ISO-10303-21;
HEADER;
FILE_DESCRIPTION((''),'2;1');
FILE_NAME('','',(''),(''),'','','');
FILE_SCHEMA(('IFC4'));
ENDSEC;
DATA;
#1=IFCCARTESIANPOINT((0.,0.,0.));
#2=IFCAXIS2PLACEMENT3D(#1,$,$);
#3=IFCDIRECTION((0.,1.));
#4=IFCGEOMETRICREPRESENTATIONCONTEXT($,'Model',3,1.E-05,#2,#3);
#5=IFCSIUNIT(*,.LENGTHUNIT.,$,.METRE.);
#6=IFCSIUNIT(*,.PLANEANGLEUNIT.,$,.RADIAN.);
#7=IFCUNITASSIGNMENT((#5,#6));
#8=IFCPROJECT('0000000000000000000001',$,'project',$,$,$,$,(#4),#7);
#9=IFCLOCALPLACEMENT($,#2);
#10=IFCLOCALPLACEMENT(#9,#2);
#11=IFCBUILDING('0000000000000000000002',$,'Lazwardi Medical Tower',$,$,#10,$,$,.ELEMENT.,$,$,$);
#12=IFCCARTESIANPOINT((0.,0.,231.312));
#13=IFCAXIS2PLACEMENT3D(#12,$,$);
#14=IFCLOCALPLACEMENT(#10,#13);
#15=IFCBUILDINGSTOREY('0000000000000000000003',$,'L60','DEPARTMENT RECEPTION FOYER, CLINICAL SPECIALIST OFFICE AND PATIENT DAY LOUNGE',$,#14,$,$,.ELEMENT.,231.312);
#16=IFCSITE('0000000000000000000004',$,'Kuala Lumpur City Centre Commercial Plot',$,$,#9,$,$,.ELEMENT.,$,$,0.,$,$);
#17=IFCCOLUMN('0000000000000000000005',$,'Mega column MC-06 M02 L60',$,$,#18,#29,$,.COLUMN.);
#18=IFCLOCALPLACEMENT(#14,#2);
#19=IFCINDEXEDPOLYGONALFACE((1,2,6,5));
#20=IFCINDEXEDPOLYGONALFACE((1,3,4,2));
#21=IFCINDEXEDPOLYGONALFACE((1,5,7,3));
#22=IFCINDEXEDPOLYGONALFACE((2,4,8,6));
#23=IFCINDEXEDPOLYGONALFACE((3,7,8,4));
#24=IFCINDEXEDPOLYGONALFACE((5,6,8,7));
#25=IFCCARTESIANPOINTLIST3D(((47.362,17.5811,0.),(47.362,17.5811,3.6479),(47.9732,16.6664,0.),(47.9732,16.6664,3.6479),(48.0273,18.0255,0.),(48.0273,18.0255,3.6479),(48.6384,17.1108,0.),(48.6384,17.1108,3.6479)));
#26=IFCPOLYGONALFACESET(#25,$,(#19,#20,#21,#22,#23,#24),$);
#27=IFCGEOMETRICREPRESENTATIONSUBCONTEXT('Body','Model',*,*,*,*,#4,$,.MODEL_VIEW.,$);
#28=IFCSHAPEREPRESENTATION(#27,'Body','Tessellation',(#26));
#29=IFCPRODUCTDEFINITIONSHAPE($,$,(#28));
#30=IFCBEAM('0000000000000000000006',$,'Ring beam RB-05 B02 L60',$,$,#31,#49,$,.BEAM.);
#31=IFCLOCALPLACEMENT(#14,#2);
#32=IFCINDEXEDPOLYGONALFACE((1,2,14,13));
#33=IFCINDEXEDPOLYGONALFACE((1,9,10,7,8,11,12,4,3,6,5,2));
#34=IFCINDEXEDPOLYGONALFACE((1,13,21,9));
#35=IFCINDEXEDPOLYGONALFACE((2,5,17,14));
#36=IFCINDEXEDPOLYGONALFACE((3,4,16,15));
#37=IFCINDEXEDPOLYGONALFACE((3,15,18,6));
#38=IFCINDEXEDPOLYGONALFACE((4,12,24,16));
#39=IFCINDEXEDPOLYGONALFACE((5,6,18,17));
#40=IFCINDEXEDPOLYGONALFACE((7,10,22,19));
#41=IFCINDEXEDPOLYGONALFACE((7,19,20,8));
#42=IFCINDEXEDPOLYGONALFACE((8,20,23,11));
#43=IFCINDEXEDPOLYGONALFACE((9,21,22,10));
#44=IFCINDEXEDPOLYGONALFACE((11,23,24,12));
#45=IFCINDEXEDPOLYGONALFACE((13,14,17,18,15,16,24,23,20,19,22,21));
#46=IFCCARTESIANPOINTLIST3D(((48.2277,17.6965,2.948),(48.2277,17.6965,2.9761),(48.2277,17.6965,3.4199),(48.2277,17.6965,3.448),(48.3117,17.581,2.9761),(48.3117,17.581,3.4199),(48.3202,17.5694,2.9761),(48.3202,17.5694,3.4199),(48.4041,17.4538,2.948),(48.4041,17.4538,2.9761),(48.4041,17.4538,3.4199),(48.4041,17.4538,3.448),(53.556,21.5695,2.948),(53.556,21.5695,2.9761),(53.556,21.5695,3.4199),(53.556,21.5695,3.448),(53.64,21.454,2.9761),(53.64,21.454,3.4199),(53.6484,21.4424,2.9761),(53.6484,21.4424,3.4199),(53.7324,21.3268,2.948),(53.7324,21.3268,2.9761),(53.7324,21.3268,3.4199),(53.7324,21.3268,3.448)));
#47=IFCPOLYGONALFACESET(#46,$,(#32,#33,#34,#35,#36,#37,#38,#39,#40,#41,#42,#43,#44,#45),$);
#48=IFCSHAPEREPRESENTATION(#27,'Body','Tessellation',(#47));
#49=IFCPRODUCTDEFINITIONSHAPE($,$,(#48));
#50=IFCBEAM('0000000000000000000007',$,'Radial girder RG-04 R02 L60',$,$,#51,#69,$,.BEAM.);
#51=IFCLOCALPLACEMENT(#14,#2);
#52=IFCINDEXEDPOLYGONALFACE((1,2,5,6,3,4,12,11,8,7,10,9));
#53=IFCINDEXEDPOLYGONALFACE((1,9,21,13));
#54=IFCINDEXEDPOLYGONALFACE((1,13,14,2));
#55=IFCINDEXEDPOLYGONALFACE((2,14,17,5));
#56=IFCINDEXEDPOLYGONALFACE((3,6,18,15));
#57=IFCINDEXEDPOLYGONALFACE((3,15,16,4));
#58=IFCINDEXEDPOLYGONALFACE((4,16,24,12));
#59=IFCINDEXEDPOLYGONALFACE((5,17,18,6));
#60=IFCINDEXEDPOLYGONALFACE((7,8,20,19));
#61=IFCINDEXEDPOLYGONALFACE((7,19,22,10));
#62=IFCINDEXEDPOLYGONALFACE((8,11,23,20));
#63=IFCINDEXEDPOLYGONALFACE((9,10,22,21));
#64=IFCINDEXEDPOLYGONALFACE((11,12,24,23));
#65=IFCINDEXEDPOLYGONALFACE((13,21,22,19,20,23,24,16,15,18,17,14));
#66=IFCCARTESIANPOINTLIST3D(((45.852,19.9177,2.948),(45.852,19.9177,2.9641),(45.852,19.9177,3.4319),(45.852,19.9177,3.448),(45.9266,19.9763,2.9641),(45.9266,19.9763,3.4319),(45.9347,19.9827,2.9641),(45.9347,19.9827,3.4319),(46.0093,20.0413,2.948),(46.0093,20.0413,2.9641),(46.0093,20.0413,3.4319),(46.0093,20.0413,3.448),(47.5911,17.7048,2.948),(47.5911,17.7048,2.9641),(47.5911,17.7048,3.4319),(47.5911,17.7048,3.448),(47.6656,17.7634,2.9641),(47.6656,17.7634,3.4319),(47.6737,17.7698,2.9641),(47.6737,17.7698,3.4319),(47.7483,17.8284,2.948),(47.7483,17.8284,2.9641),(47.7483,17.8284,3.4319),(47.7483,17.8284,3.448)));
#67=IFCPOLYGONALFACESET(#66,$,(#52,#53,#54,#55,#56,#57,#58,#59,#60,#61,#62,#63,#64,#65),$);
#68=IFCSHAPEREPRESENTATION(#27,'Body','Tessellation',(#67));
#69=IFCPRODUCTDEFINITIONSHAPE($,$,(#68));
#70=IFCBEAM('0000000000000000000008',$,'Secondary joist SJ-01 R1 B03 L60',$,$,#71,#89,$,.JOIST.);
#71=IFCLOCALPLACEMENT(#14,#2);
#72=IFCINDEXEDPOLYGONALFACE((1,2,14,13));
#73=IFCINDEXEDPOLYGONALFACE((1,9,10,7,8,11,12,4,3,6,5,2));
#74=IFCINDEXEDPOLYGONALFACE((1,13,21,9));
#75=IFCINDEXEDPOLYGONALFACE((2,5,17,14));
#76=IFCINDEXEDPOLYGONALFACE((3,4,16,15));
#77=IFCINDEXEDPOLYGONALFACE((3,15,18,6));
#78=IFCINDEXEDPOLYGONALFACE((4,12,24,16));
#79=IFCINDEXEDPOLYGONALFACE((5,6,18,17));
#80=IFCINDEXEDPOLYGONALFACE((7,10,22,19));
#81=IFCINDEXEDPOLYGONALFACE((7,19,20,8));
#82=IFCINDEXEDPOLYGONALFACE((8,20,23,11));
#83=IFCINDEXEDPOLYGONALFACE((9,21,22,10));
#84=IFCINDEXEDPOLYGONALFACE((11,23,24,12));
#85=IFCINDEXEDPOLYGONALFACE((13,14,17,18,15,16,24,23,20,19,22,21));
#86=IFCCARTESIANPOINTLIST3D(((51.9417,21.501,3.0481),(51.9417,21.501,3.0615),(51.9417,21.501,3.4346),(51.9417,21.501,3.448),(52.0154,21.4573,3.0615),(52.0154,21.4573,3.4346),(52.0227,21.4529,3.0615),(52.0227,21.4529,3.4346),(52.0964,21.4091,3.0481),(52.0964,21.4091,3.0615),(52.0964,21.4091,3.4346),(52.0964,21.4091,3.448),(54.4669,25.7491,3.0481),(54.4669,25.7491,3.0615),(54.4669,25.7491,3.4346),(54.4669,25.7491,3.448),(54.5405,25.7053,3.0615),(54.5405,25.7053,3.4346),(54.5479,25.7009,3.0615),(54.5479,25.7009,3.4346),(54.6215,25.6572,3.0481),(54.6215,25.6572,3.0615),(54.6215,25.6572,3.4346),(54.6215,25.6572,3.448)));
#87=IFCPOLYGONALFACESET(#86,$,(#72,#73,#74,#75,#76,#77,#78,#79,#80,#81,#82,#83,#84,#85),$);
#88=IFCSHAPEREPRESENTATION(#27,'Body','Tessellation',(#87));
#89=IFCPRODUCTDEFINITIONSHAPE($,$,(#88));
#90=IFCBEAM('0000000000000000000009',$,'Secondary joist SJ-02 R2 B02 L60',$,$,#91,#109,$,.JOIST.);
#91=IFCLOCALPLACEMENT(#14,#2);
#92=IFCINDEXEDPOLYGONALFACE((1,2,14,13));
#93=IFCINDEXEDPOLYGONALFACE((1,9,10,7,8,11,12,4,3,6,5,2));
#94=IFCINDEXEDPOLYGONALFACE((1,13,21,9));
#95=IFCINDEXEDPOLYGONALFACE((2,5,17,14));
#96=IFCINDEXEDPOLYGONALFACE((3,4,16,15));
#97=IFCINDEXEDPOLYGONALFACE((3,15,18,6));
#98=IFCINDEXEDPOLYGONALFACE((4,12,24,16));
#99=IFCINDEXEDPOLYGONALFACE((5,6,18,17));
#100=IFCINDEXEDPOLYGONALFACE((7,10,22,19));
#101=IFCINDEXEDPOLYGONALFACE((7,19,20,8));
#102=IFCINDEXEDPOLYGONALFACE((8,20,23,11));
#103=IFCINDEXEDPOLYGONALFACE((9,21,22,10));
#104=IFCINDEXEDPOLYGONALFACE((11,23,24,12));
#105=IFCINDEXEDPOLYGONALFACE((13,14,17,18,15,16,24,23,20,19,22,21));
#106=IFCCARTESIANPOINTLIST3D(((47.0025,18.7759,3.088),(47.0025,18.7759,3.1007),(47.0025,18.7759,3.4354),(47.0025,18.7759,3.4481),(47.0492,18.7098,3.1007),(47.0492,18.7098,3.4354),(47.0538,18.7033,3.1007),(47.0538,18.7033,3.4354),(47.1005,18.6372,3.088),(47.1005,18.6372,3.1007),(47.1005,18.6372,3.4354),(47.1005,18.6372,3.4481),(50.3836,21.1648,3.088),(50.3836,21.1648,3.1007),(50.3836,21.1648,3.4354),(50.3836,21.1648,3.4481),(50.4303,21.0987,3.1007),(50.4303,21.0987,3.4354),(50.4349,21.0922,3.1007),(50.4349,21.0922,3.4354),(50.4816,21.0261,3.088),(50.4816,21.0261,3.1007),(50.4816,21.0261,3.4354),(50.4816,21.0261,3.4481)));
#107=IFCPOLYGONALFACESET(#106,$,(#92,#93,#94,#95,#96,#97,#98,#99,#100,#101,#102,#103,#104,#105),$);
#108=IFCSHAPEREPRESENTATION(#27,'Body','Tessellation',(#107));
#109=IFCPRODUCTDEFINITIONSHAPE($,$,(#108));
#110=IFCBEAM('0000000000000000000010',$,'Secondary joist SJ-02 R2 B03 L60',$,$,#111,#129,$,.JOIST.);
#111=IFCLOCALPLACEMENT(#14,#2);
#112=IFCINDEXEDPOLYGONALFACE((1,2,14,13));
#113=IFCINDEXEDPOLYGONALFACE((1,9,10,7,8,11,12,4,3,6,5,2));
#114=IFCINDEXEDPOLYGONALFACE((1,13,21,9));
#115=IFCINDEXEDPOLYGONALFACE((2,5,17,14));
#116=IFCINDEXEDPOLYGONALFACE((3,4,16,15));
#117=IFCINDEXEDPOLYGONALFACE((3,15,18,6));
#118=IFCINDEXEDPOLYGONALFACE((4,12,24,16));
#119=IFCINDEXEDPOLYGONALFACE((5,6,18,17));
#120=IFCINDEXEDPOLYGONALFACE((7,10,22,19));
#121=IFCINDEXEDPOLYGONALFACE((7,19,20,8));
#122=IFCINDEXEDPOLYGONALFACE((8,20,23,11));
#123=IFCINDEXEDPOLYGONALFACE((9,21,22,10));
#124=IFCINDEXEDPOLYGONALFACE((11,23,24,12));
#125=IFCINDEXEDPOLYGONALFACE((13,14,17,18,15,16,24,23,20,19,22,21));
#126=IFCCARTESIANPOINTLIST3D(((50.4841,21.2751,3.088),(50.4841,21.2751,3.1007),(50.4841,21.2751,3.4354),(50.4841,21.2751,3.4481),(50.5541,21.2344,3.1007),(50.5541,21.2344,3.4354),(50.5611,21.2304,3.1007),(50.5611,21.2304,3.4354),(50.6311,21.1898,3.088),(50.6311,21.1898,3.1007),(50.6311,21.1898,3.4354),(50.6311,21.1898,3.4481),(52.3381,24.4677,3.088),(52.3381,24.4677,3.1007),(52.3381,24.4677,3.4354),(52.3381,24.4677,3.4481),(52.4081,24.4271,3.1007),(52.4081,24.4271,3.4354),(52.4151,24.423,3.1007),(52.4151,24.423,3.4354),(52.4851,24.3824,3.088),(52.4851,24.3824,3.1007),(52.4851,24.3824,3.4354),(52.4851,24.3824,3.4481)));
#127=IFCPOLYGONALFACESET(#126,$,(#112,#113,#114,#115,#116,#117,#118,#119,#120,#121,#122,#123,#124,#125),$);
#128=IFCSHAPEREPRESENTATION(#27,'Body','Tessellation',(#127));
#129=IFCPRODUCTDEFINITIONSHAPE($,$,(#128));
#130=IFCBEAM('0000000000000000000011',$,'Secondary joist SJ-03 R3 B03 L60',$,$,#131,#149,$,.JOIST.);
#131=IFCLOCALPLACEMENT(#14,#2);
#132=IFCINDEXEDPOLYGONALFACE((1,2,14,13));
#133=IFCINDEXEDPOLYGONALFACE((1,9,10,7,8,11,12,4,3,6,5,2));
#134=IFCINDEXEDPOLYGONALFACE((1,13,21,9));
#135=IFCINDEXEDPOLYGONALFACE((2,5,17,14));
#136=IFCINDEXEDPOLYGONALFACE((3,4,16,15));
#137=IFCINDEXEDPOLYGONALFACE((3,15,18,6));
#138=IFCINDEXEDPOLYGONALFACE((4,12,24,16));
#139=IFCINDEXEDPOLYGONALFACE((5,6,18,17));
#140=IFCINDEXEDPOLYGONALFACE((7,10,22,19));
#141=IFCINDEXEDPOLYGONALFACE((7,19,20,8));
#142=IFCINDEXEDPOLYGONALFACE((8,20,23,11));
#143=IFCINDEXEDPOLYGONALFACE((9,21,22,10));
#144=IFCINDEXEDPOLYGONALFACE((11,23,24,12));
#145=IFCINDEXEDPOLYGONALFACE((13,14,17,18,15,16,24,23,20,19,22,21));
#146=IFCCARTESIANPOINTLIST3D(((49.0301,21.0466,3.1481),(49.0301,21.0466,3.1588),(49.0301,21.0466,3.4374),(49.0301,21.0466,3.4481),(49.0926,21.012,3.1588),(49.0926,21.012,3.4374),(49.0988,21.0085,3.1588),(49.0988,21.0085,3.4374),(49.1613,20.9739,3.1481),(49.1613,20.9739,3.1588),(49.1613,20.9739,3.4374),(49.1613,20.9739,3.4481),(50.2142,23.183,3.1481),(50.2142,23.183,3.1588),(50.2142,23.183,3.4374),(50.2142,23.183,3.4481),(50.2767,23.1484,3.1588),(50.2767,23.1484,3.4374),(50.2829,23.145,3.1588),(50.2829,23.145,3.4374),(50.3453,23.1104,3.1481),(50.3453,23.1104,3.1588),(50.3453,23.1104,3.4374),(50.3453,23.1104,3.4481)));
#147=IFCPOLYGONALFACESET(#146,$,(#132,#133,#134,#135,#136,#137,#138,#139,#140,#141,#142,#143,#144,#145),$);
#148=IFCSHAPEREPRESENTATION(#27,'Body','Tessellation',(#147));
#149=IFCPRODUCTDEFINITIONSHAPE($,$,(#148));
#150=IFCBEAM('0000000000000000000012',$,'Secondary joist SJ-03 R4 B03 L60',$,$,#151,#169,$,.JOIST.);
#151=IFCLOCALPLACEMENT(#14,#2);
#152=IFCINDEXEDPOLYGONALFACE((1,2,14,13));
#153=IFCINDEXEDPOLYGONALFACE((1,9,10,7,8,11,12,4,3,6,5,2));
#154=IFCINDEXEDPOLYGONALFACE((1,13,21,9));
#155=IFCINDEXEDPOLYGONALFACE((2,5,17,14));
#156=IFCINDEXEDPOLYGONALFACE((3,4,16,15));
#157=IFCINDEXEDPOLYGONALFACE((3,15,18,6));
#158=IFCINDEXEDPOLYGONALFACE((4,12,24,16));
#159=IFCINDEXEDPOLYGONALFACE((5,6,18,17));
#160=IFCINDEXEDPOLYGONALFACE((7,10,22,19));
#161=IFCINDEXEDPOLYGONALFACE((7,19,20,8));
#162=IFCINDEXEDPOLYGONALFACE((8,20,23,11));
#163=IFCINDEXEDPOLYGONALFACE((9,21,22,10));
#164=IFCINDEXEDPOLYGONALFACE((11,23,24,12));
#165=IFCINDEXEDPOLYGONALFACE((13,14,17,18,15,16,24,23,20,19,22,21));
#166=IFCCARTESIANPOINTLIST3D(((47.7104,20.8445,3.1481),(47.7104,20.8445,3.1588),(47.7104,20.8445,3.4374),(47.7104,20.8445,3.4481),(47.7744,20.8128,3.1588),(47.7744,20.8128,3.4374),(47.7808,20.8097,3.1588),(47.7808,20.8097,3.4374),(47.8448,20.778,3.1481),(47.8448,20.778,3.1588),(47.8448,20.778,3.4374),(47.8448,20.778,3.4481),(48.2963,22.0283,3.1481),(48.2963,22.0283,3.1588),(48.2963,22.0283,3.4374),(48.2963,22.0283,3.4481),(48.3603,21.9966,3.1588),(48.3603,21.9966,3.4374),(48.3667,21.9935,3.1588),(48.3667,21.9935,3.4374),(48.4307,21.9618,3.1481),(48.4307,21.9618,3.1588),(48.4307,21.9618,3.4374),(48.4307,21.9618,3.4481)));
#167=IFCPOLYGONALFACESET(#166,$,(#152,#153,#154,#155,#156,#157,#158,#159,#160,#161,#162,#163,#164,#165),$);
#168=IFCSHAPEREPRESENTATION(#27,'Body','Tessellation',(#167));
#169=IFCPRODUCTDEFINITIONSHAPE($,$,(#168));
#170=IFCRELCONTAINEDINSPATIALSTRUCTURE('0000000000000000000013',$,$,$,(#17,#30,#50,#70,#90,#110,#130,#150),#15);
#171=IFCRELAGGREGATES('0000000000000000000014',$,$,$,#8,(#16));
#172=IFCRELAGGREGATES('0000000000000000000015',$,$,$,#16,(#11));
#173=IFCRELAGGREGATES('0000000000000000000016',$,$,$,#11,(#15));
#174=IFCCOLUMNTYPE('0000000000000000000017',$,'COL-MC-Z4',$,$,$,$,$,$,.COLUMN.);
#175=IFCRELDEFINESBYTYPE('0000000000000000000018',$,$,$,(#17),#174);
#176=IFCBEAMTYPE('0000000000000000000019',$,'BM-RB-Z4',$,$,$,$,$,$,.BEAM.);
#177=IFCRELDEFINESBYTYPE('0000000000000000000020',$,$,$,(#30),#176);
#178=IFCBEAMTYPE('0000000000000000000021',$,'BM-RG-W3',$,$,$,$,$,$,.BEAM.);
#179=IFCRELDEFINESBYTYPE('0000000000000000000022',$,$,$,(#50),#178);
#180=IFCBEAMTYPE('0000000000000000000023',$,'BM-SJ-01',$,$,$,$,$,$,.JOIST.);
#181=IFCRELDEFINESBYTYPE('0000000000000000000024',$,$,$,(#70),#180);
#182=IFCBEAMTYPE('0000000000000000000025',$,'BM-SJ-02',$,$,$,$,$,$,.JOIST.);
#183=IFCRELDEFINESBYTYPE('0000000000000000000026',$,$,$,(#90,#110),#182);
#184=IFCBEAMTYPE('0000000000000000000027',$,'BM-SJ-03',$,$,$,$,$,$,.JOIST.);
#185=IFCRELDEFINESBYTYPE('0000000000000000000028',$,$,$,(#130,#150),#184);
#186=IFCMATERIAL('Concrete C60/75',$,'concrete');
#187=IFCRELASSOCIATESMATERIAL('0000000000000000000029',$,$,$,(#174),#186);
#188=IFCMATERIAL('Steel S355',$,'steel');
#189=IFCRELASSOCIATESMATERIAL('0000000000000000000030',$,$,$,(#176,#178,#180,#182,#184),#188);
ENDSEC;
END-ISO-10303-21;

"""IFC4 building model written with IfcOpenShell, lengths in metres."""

from ifc_helpers import new_model, si_unit, direction, frame, origin, origin_2d, place, context, subcontext, project, spatial, rectangle, i_section, extrude, material, material_profile, profile_set, type_object, element, save


model = new_model("IFC4")

# Units and contexts
model_context = context("Model", 3, precision=1e-05, world=origin(), true_north=direction((0.0, 1.0)))
body_context = subcontext(model_context, "Body", "Model", "MODEL_VIEW")
ifc_project = project(units=[si_unit("LENGTHUNIT", "METRE"), si_unit("PLANEANGLEUNIT", "RADIAN")], contexts=[model_context])

# Site, building, storey
site_placement = place(None, origin())
site = spatial("IfcSite", under=ifc_project, at=site_placement, Name="Kuala Lumpur City Centre Commercial Plot", CompositionType="ELEMENT", RefElevation=0.0)
building_placement = place(site_placement, origin())
building = spatial("IfcBuilding", under=site, at=building_placement, Name="Lazwardi Medical Tower", CompositionType="ELEMENT")
storey_placement = place(building_placement, frame((0.0, 0.0, 231.312)))
storey = spatial("IfcBuildingStorey", under=building, at=storey_placement, Name="L60", Description="DEPARTMENT RECEPTION FOYER, CLINICAL SPECIALIST OFFICE AND PATIENT DAY LOUNGE", CompositionType="ELEMENT", Elevation=231.312)

# Column
ifc_material_1 = material(Name="Concrete C60/75", Category="concrete")
ifc_material_profile_1 = material_profile(ifc_material_1, rectangle(XDim=1.1001, YDim=0.8, at=origin_2d()), Name="CFT-RECT 1100x800")
ifc_profile_set_1 = profile_set([ifc_material_profile_1], Name="Concrete C60/75")
column_type = type_object("IfcColumnType", Name="COL-MC-Z4", PredefinedType="COLUMN", material=ifc_profile_set_1)
column_placement = place(storey_placement, frame((48.0002, 17.3459, 0.0), z_axis=(0.0, 0.0, 1.0), x_axis=(0.55557, -0.83147, 0.0)))
element("IfcColumn", 1, at=column_placement, inside=storey, type_object=column_type, Name="Mega column MC-06 M02 L60", PredefinedType="COLUMN", context=body_context, shape_type="SweptSolid", body=[
    extrude(rectangle(XDim=1.1001, YDim=0.8, at=origin_2d()), origin(), (0.0, 0.0, 1.0), 3.6479),
])

# Beams
ifc_material_2 = material(Name="Steel S355", Category="steel")
ifc_material_profile_2 = material_profile(ifc_material_2, i_section(OverallWidth=0.3, OverallDepth=0.5, WebThickness=0.0144, FlangeThickness=0.0281, at=origin_2d()), Name="HEB 500")
ifc_profile_set_2 = profile_set([ifc_material_profile_2], Name="Steel S355")
beam_type_1 = type_object("IfcBeamType", Name="BM-RB-Z4", PredefinedType="BEAM", material=ifc_profile_set_2)
beam_1_placement = place(storey_placement, frame((48.3159, 17.5752, 3.198), z_axis=(0.80889, 0.58796, 0.0), x_axis=(-0.58796, 0.80889, 0.0)))
element("IfcBeam", 2, at=beam_1_placement, inside=storey, type_object=beam_type_1, Name="Ring beam RB-05 B02 L60", PredefinedType="BEAM", context=body_context, shape_type="SweptSolid", body=[
    extrude(i_section(OverallWidth=0.3, OverallDepth=0.5, WebThickness=0.0144, FlangeThickness=0.0281, at=origin_2d()), origin(), (0.0, 0.0, 1.0), 6.5872),
])
ifc_material_profile_3 = material_profile(ifc_material_2, i_section(OverallWidth=0.2, OverallDepth=0.5, WebThickness=0.0103, FlangeThickness=0.0161, at=origin_2d()), Name="IPE 500")
ifc_profile_set_3 = profile_set([ifc_material_profile_3], Name="Steel S355")
beam_type_2 = type_object("IfcBeamType", Name="BM-RG-W3", PredefinedType="BEAM", material=ifc_profile_set_3)
beam_2_placement = place(storey_placement, frame((47.6697, 17.7666, 3.198), z_axis=(-0.617891, 0.786264, 0.0), x_axis=(-0.786264, -0.617891, 0.0)))
element("IfcBeam", 3, at=beam_2_placement, inside=storey, type_object=beam_type_2, Name="Radial girder RG-04 R02 L60", PredefinedType="BEAM", context=body_context, shape_type="SweptSolid", body=[
    extrude(i_section(OverallWidth=0.2, OverallDepth=0.5, WebThickness=0.0103, FlangeThickness=0.0161, at=origin_2d()), origin(), (0.0, 0.0, 1.0), 2.8145),
])
ifc_material_profile_4 = material_profile(ifc_material_2, i_section(OverallWidth=0.1799, OverallDepth=0.3999, WebThickness=0.0085, FlangeThickness=0.0134, at=origin_2d()), Name="IPE 400")
ifc_profile_set_4 = profile_set([ifc_material_profile_4], Name="Steel S355")
beam_type_3 = type_object("IfcBeamType", Name="BM-SJ-01", PredefinedType="JOIST", material=ifc_profile_set_4)
beam_3_placement = place(storey_placement, frame((52.019, 21.4551, 3.248), z_axis=(0.510968, 0.8596, 0.0), x_axis=(-0.8596, 0.510968, 0.0)))
element("IfcBeam", 4, at=beam_3_placement, inside=storey, type_object=beam_type_3, Name="Secondary joist SJ-01 R1 B03 L60", PredefinedType="JOIST", context=body_context, shape_type="SweptSolid", body=[
    extrude(i_section(OverallWidth=0.1799, OverallDepth=0.3999, WebThickness=0.0085, FlangeThickness=0.0134, at=origin_2d()), origin(), (0.0, 0.0, 1.0), 4.9419),
])
ifc_material_profile_5 = material_profile(ifc_material_2, i_section(OverallWidth=0.1699, OverallDepth=0.3601, WebThickness=0.0081, FlangeThickness=0.0127, at=origin_2d()), Name="IPE 360")
ifc_profile_set_5 = profile_set([ifc_material_profile_5], Name="Steel S355")
beam_type_4 = type_object("IfcBeamType", Name="BM-SJ-02", PredefinedType="JOIST", material=ifc_profile_set_5)
beam_4_placement = place(storey_placement, frame((47.0515, 18.7065, 3.2681), z_axis=(0.816711, 0.577047, 0.0), x_axis=(-0.577047, 0.816711, 0.0)))
element("IfcBeam", 5, at=beam_4_placement, inside=storey, type_object=beam_type_4, Name="Secondary joist SJ-02 R2 B02 L60", PredefinedType="JOIST", context=body_context, shape_type="SweptSolid", body=[
    extrude(i_section(OverallWidth=0.1699, OverallDepth=0.3601, WebThickness=0.0081, FlangeThickness=0.0127, at=origin_2d()), origin(), (0.0, 0.0, 1.0), 4.1399),
])
beam_5_placement = place(storey_placement, frame((50.5576, 21.2324, 3.2681), z_axis=(0.50218, 0.864763, 0.0), x_axis=(-0.864763, 0.50218, 0.0)))
element("IfcBeam", 6, at=beam_5_placement, inside=storey, type_object=beam_type_4, Name="Secondary joist SJ-02 R2 B03 L60", PredefinedType="JOIST", context=body_context, shape_type="SweptSolid", body=[
    extrude(i_section(OverallWidth=0.1699, OverallDepth=0.3601, WebThickness=0.0081, FlangeThickness=0.0127, at=origin_2d()), origin(), (0.0, 0.0, 1.0), 3.6919),
])
ifc_material_profile_6 = material_profile(ifc_material_2, i_section(OverallWidth=0.1499, OverallDepth=0.3, WebThickness=0.0071, FlangeThickness=0.0107, at=origin_2d()), Name="IPE 300")
ifc_profile_set_6 = profile_set([ifc_material_profile_6], Name="Steel S355")
beam_type_5 = type_object("IfcBeamType", Name="BM-SJ-03", PredefinedType="JOIST", material=ifc_profile_set_6)
beam_6_placement = place(storey_placement, frame((49.0957, 21.0103, 3.2981), z_axis=(0.484752, 0.874652, 0.0), x_axis=(-0.874652, 0.484752, 0.0)))
element("IfcBeam", 7, at=beam_6_placement, inside=storey, type_object=beam_type_5, Name="Secondary joist SJ-03 R3 B03 L60", PredefinedType="JOIST", context=body_context, shape_type="SweptSolid", body=[
    extrude(i_section(OverallWidth=0.1499, OverallDepth=0.3, WebThickness=0.0071, FlangeThickness=0.0107, at=origin_2d()), origin(), (0.0, 0.0, 1.0), 2.4426),
])
beam_7_placement = place(storey_placement, frame((47.7776, 20.8113, 3.2981), z_axis=(0.443587, 0.896231, 0.0), x_axis=(-0.896231, 0.443587, 0.0)))
element("IfcBeam", 8, at=beam_7_placement, inside=storey, type_object=beam_type_5, Name="Secondary joist SJ-03 R4 B03 L60", PredefinedType="JOIST", context=body_context, shape_type="SweptSolid", body=[
    extrude(i_section(OverallWidth=0.1499, OverallDepth=0.3, WebThickness=0.0071, FlangeThickness=0.0107, at=origin_2d()), origin(), (0.0, 0.0, 1.0), 1.3208),
])

save(model, "model.ifc")
